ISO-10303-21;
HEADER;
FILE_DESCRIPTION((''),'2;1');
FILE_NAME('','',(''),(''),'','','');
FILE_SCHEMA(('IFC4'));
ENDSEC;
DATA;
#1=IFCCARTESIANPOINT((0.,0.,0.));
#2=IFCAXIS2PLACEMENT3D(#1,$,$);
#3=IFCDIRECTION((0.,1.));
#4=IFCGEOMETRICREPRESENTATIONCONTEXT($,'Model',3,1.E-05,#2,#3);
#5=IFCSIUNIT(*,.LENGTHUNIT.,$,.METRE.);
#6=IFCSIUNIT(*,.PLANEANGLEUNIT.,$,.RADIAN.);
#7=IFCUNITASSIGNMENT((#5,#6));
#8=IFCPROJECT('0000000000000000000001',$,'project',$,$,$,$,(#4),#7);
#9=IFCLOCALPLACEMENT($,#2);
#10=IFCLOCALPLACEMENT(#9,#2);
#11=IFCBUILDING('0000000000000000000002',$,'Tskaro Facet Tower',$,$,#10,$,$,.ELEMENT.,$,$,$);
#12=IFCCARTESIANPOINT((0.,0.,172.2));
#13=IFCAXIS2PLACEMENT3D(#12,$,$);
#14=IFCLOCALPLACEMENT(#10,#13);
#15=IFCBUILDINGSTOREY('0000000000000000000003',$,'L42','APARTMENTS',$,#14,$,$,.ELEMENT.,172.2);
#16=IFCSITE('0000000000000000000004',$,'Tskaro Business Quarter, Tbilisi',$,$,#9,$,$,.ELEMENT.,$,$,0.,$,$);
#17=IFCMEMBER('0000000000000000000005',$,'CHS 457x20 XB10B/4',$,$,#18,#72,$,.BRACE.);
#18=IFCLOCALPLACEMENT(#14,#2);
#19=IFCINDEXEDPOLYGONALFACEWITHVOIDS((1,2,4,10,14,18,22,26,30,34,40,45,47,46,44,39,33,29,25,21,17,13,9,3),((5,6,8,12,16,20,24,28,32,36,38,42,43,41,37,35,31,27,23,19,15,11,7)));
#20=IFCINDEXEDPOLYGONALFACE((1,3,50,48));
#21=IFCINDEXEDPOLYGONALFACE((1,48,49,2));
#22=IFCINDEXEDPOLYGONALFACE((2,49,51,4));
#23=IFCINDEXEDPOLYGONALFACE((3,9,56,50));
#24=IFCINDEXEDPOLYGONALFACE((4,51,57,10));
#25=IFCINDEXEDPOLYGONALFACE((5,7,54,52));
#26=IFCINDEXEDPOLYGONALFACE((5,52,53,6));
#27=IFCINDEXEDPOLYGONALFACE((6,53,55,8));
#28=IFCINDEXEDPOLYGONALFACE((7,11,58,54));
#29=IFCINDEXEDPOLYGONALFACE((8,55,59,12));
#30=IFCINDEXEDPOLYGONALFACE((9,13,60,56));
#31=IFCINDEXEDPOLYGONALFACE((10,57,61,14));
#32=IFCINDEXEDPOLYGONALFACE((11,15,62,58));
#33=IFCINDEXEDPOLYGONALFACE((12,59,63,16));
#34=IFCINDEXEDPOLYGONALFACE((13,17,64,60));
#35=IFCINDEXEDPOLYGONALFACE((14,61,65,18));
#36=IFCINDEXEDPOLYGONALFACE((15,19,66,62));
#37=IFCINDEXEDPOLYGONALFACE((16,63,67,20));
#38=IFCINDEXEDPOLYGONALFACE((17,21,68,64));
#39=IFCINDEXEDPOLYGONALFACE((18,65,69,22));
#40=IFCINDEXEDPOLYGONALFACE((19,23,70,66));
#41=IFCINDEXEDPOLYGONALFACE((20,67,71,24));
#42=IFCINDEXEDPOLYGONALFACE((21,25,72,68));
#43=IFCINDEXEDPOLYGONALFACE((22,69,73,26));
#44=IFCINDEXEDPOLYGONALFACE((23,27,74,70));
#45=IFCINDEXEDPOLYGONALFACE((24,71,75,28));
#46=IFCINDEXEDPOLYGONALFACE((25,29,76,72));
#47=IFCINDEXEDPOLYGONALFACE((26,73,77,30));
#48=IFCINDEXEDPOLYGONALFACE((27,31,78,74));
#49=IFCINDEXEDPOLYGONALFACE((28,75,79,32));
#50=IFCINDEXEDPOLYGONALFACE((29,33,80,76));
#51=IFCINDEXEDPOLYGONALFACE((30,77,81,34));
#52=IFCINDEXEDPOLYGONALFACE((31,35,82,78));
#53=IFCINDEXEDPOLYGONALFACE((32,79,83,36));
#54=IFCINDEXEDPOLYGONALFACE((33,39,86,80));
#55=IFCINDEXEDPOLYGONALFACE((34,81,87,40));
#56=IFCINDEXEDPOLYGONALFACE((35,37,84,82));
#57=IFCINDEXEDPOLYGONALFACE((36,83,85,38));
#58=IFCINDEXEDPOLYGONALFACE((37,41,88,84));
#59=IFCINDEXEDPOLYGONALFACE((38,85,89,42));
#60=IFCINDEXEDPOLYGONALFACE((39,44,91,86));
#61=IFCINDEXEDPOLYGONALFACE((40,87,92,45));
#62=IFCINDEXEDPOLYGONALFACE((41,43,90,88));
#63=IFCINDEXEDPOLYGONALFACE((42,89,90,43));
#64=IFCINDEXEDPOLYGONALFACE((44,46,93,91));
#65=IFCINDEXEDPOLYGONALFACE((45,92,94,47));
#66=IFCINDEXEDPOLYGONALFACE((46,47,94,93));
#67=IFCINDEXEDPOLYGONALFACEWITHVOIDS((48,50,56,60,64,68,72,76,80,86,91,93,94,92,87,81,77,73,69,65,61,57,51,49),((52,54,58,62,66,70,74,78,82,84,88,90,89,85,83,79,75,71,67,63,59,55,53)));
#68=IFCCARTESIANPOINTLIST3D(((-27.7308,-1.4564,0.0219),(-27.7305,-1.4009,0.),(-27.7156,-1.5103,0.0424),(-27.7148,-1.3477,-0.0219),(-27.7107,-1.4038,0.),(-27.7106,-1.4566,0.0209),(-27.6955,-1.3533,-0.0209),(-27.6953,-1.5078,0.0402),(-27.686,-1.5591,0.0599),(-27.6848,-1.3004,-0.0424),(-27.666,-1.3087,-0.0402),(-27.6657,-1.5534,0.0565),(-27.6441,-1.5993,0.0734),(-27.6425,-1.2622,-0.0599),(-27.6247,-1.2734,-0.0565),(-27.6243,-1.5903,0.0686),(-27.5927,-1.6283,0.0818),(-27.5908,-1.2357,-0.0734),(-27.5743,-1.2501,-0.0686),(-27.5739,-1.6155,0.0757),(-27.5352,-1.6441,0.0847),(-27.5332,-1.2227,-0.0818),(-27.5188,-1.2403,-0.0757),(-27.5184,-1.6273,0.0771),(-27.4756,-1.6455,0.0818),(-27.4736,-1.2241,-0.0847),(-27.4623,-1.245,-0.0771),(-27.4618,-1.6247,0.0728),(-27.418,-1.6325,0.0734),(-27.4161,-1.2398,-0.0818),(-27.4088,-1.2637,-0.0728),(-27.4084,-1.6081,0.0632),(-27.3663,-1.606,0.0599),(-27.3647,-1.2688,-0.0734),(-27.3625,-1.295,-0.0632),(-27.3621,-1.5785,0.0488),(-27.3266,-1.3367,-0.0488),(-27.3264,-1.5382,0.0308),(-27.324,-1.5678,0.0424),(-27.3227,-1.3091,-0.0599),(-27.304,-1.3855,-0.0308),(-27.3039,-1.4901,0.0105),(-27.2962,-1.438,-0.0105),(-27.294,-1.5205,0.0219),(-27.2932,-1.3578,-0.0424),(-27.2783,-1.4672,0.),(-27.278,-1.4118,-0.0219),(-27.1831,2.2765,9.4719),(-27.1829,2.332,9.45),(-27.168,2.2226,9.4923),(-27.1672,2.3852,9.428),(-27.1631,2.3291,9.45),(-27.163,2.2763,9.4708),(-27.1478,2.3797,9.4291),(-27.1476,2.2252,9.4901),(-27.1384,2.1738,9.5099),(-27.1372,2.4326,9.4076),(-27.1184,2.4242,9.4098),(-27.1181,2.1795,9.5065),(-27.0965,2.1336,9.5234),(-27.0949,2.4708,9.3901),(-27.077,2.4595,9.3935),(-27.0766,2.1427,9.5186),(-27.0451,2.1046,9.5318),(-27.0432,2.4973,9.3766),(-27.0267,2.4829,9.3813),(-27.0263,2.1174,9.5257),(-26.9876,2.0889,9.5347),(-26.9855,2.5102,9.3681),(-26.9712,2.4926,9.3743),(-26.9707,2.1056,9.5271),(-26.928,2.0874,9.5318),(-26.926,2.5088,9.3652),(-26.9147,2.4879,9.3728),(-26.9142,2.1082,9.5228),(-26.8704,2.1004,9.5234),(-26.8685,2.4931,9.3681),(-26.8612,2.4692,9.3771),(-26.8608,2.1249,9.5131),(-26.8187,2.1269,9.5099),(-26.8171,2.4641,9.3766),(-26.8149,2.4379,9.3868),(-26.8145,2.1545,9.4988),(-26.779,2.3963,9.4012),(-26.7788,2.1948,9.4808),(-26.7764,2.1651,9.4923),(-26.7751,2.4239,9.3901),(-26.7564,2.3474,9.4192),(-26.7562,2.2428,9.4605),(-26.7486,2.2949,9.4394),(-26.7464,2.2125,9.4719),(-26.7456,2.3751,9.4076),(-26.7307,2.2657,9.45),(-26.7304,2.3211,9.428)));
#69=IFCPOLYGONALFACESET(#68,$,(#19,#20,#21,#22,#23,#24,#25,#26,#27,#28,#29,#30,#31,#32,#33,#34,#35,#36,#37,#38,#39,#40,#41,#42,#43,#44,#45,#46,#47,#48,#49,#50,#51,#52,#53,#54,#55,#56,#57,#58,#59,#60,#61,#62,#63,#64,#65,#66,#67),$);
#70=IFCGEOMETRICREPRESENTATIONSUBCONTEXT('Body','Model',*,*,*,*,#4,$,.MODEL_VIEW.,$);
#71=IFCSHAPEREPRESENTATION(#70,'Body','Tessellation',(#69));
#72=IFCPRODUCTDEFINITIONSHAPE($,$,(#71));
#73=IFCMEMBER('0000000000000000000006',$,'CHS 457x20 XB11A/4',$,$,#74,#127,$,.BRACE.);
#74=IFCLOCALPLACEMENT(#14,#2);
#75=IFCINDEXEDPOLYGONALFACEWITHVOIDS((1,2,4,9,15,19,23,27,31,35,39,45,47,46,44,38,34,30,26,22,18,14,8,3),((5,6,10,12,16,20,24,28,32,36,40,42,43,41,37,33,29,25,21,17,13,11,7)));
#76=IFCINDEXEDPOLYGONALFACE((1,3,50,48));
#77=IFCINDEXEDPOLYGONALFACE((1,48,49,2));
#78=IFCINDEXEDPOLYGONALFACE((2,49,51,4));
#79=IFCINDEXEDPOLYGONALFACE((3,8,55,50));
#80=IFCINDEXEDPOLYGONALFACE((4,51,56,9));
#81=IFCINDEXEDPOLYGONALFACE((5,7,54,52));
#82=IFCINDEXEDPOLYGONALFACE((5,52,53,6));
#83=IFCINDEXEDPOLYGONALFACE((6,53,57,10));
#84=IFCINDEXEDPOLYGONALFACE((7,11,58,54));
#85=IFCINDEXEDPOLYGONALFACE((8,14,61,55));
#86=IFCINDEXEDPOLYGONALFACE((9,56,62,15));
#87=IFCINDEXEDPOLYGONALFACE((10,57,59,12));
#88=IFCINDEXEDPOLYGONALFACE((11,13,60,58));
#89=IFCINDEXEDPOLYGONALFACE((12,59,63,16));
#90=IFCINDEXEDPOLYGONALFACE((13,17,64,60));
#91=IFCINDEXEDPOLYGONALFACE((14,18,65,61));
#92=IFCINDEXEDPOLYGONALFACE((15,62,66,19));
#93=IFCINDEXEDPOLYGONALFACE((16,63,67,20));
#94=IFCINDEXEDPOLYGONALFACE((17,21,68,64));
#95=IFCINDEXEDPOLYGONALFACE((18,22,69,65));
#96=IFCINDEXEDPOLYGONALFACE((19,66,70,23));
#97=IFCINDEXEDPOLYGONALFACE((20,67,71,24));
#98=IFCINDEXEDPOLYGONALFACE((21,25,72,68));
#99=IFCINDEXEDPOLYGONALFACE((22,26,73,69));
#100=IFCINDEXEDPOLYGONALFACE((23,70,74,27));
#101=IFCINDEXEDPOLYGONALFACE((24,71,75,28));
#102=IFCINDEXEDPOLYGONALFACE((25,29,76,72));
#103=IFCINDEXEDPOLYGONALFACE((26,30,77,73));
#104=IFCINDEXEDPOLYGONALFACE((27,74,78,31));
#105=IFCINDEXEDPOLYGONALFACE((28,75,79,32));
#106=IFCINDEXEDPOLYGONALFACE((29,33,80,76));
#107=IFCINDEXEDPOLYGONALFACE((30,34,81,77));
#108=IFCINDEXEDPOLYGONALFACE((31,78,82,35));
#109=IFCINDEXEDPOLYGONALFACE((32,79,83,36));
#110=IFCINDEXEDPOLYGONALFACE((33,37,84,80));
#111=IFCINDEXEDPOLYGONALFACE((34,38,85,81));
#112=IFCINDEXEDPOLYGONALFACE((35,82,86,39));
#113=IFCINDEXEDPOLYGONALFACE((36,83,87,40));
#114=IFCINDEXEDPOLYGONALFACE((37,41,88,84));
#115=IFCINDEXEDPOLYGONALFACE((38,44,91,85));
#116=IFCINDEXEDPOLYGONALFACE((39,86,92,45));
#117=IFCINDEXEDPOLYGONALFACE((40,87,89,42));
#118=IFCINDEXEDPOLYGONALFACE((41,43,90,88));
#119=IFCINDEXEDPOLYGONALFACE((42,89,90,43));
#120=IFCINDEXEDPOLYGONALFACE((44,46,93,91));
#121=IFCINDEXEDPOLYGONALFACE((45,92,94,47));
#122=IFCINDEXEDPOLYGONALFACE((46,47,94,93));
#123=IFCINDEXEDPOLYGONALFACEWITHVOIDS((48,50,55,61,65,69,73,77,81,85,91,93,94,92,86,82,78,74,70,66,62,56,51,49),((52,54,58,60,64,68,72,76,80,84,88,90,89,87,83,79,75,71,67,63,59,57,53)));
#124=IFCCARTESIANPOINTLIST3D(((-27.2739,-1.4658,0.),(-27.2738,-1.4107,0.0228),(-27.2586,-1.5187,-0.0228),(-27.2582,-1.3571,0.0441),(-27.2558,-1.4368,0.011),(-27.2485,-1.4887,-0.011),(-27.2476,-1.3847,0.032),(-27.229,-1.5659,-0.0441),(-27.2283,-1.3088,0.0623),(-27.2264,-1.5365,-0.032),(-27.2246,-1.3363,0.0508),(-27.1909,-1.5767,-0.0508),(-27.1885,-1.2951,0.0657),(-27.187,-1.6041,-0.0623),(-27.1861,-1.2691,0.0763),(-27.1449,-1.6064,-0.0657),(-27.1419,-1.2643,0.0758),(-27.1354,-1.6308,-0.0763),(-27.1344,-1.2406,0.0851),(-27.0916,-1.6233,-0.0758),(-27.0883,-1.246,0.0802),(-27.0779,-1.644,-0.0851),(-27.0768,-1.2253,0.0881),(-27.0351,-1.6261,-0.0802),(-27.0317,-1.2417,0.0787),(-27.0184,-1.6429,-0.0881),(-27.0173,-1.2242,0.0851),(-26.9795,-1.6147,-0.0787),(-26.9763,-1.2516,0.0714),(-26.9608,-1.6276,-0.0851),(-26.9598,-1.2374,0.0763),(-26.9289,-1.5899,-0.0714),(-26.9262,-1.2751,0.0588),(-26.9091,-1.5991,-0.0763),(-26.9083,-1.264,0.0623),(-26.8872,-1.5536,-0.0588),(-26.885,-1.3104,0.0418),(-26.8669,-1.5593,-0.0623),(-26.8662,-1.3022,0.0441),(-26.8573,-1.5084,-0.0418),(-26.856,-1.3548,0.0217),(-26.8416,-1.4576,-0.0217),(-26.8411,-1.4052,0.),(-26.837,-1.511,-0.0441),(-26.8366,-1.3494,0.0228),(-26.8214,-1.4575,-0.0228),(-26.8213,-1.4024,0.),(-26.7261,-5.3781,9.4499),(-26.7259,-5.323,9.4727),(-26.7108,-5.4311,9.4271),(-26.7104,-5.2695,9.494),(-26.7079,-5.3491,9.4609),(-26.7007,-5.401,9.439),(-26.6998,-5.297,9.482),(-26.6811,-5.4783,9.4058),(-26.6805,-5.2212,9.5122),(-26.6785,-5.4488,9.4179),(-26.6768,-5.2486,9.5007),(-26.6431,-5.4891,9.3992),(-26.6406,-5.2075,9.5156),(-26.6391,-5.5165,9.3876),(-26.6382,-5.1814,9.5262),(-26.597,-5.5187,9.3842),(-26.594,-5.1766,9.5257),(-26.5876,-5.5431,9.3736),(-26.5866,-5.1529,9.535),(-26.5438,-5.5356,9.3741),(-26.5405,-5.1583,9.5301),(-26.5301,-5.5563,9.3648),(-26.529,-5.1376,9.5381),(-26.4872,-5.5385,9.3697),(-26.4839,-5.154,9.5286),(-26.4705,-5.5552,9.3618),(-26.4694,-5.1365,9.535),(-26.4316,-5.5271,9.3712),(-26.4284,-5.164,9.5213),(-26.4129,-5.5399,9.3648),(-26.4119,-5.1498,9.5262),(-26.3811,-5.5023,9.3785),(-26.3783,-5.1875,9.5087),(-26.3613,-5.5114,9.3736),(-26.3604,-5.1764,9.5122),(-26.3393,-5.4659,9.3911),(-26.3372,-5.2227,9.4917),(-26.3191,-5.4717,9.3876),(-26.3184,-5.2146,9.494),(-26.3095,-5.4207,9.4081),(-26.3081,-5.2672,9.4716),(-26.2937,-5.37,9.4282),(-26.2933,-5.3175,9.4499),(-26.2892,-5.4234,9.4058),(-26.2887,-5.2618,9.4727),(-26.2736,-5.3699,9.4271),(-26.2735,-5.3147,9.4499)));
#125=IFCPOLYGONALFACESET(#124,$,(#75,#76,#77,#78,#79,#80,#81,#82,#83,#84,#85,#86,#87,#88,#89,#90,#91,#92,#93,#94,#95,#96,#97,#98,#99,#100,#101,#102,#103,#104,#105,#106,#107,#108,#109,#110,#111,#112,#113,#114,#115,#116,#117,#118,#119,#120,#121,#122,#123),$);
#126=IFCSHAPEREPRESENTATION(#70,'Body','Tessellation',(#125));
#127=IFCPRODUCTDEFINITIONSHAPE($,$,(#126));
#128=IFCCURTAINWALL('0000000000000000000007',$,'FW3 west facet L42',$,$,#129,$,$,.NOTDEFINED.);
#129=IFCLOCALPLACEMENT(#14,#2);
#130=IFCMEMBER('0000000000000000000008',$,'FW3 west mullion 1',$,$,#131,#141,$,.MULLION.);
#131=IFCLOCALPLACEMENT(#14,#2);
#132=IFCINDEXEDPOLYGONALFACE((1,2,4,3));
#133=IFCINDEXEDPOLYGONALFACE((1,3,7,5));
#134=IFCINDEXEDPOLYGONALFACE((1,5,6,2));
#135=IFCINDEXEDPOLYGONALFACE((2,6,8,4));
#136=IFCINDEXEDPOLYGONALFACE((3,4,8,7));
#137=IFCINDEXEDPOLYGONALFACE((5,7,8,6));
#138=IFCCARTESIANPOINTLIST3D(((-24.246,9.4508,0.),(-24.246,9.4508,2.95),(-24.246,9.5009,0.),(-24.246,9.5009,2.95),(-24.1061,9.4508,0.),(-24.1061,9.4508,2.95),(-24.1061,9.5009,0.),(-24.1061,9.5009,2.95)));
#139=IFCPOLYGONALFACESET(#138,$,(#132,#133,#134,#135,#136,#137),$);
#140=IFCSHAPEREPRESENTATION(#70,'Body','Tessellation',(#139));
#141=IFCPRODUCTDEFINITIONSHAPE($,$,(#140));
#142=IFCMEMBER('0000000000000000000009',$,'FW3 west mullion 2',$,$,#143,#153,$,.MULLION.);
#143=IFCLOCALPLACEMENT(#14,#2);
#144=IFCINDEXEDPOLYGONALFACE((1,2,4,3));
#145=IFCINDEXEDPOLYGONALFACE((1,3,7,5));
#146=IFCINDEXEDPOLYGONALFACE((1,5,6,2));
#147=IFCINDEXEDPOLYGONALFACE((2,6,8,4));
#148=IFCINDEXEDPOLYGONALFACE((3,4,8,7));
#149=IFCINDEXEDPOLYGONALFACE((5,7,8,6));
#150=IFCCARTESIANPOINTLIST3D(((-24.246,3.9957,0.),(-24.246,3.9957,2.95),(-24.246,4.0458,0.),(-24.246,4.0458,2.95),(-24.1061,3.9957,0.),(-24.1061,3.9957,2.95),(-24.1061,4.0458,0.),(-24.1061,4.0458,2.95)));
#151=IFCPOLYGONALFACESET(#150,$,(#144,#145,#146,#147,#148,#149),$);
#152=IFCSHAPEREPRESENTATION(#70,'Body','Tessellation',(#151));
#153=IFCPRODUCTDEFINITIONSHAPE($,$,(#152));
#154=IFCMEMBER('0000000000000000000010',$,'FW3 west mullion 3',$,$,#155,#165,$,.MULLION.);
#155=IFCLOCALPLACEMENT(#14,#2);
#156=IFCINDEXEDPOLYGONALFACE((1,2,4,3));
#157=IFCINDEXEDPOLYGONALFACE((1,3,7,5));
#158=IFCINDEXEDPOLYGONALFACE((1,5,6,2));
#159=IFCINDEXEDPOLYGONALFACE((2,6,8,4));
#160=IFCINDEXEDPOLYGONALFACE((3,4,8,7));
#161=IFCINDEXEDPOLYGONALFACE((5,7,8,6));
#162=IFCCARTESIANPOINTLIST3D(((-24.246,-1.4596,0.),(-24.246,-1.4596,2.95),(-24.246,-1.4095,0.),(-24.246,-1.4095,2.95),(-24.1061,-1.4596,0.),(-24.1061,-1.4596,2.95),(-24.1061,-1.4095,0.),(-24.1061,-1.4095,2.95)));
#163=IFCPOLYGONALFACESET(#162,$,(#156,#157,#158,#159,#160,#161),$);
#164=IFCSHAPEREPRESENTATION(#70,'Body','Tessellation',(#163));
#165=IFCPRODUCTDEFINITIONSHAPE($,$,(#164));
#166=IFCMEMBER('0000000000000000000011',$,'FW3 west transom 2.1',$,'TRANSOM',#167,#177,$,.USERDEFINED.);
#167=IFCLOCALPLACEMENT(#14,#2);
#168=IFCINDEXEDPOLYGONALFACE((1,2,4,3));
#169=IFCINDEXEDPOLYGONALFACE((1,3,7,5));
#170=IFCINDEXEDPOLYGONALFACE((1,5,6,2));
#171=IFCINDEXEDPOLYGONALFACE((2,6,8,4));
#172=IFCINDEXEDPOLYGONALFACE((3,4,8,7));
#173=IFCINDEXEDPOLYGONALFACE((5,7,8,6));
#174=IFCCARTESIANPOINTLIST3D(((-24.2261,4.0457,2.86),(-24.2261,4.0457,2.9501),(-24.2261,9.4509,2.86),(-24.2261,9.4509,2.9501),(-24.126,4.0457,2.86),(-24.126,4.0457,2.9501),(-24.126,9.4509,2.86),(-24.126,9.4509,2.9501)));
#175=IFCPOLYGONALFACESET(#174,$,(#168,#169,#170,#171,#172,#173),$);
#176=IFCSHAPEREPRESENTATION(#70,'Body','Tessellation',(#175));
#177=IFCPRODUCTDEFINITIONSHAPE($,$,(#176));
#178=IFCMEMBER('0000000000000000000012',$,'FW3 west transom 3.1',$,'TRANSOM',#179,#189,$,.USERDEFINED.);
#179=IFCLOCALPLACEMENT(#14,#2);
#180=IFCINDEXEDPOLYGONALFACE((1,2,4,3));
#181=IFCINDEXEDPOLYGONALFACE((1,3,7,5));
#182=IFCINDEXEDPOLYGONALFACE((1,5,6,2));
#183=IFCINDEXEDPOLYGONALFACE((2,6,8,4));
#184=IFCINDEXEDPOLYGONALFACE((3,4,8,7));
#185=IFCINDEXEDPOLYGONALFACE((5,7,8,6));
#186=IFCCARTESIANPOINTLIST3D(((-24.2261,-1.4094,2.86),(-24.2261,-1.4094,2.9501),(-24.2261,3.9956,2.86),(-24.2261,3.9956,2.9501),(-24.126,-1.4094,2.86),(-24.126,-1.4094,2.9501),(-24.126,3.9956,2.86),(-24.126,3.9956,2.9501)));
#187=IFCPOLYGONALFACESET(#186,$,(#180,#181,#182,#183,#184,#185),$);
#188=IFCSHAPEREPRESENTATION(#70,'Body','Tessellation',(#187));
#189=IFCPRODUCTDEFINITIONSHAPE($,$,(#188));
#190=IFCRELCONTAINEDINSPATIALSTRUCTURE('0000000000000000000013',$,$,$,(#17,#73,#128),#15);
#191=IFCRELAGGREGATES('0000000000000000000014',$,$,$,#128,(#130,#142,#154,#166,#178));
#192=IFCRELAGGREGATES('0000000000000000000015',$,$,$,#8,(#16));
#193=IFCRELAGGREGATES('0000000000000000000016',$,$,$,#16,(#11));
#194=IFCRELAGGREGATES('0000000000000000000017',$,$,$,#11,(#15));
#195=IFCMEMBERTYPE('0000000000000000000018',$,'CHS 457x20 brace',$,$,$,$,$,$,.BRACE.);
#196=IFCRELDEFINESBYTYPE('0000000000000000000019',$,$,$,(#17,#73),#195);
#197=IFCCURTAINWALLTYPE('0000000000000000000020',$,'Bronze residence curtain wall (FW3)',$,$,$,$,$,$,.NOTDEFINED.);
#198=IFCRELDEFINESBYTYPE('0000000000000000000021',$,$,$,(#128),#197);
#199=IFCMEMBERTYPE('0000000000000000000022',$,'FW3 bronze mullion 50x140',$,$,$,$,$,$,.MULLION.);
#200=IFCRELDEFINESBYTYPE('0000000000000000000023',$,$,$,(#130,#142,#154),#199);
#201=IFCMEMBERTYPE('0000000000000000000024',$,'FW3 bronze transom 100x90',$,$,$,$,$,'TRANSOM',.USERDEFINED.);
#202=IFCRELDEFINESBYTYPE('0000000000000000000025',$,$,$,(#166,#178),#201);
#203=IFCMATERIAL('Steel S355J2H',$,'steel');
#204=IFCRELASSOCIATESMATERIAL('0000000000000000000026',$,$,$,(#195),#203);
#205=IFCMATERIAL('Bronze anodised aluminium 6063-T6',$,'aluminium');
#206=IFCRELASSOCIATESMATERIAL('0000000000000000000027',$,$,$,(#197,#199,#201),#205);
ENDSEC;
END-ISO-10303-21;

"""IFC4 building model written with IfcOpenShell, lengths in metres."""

from ifc_helpers import new_model, si_unit, direction, frame, origin, origin_2d, place, context, subcontext, project, spatial, rectangle, hollow_circle, extrude, material, material_profile, profile_set, type_object, element, aggregate, save


model = new_model("IFC4")

# Units and contexts
model_context = context("Model", 3, precision=1e-05, world=origin(), true_north=direction((0.0, 1.0)))
body_context = subcontext(model_context, "Body", "Model", "MODEL_VIEW")
ifc_project = project(units=[si_unit("LENGTHUNIT", "METRE"), si_unit("PLANEANGLEUNIT", "RADIAN")], contexts=[model_context])

# Site, building, storey
site_placement = place(None, origin())
site = spatial("IfcSite", under=ifc_project, at=site_placement, Name="Tskaro Business Quarter, Tbilisi", CompositionType="ELEMENT", RefElevation=0.0)
building_placement = place(site_placement, origin())
building = spatial("IfcBuilding", under=site, at=building_placement, Name="Tskaro Facet Tower", CompositionType="ELEMENT")
storey_placement = place(building_placement, frame((0.0, 0.0, 172.2)))
storey = spatial("IfcBuildingStorey", under=building, at=storey_placement, Name="L42", Description="APARTMENTS", CompositionType="ELEMENT", Elevation=172.2)

# Shared definitions
ifc_material_1 = material(Name="Steel S355J2H", Category="steel")

# Members
ifc_material_profile_1 = material_profile(ifc_material_1, hollow_circle(Radius=0.2285, WallThickness=0.02, at=origin_2d()), Name="CHS 457x20")
ifc_profile_set_1 = profile_set([ifc_material_profile_1], Name="Steel S355J2H")
member_type_1 = type_object("IfcMemberType", Name="CHS 457x20 brace", PredefinedType="BRACE", material=ifc_profile_set_1)
member_1_placement = place(storey_placement, frame((-27.5044, -1.4341, 0.0), z_axis=(0.053817, 0.366861, 0.928718), x_axis=(-0.989411, 0.145144, 0.0)))
element("IfcMember", 1, at=member_1_placement, inside=storey, type_object=member_type_1, Name="CHS 457x20 XB10B/4", PredefinedType="BRACE", context=body_context, shape_type="SweptSolid", body=[
    extrude(hollow_circle(Radius=0.2285, WallThickness=0.02, at=origin_2d()), origin(), (0.0, 0.0, 1.0), 10.1753),
])
member_2_placement = place(storey_placement, frame((-27.0476, -1.4341, 0.0), z_axis=(0.053488, -0.381974, 0.922624), x_axis=(0.990338, 0.138678, 0.0)))
element("IfcMember", 2, at=member_2_placement, inside=storey, type_object=member_type_1, Name="CHS 457x20 XB11A/4", PredefinedType="BRACE", context=body_context, shape_type="SweptSolid", body=[
    extrude(hollow_circle(Radius=0.2285, WallThickness=0.02, at=origin_2d()), origin(), (0.0, 0.0, 1.0), 10.2424),
])

# Curtain wall, members
ifc_material_2 = material(Name="Bronze anodised aluminium 6063-T6", Category="aluminium")
curtain_wall_type = type_object("IfcCurtainWallType", Name="Bronze residence curtain wall (FW3)", PredefinedType="NOTDEFINED", material=ifc_material_2)
curtain_wall_placement = place(storey_placement, origin())
curtain_wall = element("IfcCurtainWall", 3, at=curtain_wall_placement, inside=storey, type_object=curtain_wall_type, Name="FW3 west facet L42", PredefinedType="NOTDEFINED")
ifc_material_profile_2 = material_profile(ifc_material_2, rectangle(XDim=0.05, YDim=0.1399, at=origin_2d()), Name="Mullion 50x140")
ifc_profile_set_2 = profile_set([ifc_material_profile_2], Name="Bronze anodised aluminium 6063-T6")
member_type_2 = type_object("IfcMemberType", Name="FW3 bronze mullion 50x140", PredefinedType="MULLION", material=ifc_profile_set_2)
member_3_placement = place(storey_placement, frame((-24.176, 9.4758, 0.0), z_axis=(0.0, 0.0, 1.0), x_axis=(0.0, -1.0, 0.0)))
member_3 = element("IfcMember", 4, at=member_3_placement, type_object=member_type_2, Name="FW3 west mullion 1", PredefinedType="MULLION", context=body_context, shape_type="SweptSolid", body=[
    extrude(rectangle(XDim=0.05, YDim=0.1399, at=origin_2d()), origin(), (0.0, 0.0, 1.0), 2.95),
])
member_4_placement = place(storey_placement, frame((-24.176, 4.0208, 0.0), z_axis=(0.0, 0.0, 1.0), x_axis=(0.0, -1.0, 0.0)))
member_4 = element("IfcMember", 5, at=member_4_placement, type_object=member_type_2, Name="FW3 west mullion 2", PredefinedType="MULLION", context=body_context, shape_type="SweptSolid", body=[
    extrude(rectangle(XDim=0.05, YDim=0.1399, at=origin_2d()), origin(), (0.0, 0.0, 1.0), 2.95),
])
member_5_placement = place(storey_placement, frame((-24.176, -1.4346, 0.0), z_axis=(0.0, 0.0, 1.0), x_axis=(0.0, -1.0, 0.0)))
member_5 = element("IfcMember", 6, at=member_5_placement, type_object=member_type_2, Name="FW3 west mullion 3", PredefinedType="MULLION", context=body_context, shape_type="SweptSolid", body=[
    extrude(rectangle(XDim=0.05, YDim=0.1399, at=origin_2d()), origin(), (0.0, 0.0, 1.0), 2.95),
])
ifc_material_profile_3 = material_profile(ifc_material_2, rectangle(XDim=0.1001, YDim=0.0901, at=origin_2d()), Name="Transom 100x90")
ifc_profile_set_3 = profile_set([ifc_material_profile_3], Name="Bronze anodised aluminium 6063-T6")
member_type_3 = type_object("IfcMemberType", Name="FW3 bronze transom 100x90", ElementType="TRANSOM", PredefinedType="USERDEFINED", material=ifc_profile_set_3)
member_6_placement = place(storey_placement, frame((-24.176, 9.4509, 2.905), z_axis=(0.0, -1.0, 0.0), x_axis=(1.0, 0.0, 0.0)))
member_6 = element("IfcMember", 7, at=member_6_placement, type_object=member_type_3, Name="FW3 west transom 2.1", ObjectType="TRANSOM", PredefinedType="USERDEFINED", context=body_context, shape_type="SweptSolid", body=[
    extrude(rectangle(XDim=0.1001, YDim=0.0901, at=origin_2d()), origin(), (0.0, 0.0, 1.0), 5.4053),
])
member_7_placement = place(storey_placement, frame((-24.176, 3.9956, 2.905), z_axis=(0.0, -1.0, 0.0), x_axis=(1.0, 0.0, 0.0)))
member_7 = element("IfcMember", 8, at=member_7_placement, type_object=member_type_3, Name="FW3 west transom 3.1", ObjectType="TRANSOM", PredefinedType="USERDEFINED", context=body_context, shape_type="SweptSolid", body=[
    extrude(rectangle(XDim=0.1001, YDim=0.0901, at=origin_2d()), origin(), (0.0, 0.0, 1.0), 5.405),
])
aggregate(curtain_wall, [member_3, member_4, member_5, member_6, member_7])

save(model, "model.ifc")
